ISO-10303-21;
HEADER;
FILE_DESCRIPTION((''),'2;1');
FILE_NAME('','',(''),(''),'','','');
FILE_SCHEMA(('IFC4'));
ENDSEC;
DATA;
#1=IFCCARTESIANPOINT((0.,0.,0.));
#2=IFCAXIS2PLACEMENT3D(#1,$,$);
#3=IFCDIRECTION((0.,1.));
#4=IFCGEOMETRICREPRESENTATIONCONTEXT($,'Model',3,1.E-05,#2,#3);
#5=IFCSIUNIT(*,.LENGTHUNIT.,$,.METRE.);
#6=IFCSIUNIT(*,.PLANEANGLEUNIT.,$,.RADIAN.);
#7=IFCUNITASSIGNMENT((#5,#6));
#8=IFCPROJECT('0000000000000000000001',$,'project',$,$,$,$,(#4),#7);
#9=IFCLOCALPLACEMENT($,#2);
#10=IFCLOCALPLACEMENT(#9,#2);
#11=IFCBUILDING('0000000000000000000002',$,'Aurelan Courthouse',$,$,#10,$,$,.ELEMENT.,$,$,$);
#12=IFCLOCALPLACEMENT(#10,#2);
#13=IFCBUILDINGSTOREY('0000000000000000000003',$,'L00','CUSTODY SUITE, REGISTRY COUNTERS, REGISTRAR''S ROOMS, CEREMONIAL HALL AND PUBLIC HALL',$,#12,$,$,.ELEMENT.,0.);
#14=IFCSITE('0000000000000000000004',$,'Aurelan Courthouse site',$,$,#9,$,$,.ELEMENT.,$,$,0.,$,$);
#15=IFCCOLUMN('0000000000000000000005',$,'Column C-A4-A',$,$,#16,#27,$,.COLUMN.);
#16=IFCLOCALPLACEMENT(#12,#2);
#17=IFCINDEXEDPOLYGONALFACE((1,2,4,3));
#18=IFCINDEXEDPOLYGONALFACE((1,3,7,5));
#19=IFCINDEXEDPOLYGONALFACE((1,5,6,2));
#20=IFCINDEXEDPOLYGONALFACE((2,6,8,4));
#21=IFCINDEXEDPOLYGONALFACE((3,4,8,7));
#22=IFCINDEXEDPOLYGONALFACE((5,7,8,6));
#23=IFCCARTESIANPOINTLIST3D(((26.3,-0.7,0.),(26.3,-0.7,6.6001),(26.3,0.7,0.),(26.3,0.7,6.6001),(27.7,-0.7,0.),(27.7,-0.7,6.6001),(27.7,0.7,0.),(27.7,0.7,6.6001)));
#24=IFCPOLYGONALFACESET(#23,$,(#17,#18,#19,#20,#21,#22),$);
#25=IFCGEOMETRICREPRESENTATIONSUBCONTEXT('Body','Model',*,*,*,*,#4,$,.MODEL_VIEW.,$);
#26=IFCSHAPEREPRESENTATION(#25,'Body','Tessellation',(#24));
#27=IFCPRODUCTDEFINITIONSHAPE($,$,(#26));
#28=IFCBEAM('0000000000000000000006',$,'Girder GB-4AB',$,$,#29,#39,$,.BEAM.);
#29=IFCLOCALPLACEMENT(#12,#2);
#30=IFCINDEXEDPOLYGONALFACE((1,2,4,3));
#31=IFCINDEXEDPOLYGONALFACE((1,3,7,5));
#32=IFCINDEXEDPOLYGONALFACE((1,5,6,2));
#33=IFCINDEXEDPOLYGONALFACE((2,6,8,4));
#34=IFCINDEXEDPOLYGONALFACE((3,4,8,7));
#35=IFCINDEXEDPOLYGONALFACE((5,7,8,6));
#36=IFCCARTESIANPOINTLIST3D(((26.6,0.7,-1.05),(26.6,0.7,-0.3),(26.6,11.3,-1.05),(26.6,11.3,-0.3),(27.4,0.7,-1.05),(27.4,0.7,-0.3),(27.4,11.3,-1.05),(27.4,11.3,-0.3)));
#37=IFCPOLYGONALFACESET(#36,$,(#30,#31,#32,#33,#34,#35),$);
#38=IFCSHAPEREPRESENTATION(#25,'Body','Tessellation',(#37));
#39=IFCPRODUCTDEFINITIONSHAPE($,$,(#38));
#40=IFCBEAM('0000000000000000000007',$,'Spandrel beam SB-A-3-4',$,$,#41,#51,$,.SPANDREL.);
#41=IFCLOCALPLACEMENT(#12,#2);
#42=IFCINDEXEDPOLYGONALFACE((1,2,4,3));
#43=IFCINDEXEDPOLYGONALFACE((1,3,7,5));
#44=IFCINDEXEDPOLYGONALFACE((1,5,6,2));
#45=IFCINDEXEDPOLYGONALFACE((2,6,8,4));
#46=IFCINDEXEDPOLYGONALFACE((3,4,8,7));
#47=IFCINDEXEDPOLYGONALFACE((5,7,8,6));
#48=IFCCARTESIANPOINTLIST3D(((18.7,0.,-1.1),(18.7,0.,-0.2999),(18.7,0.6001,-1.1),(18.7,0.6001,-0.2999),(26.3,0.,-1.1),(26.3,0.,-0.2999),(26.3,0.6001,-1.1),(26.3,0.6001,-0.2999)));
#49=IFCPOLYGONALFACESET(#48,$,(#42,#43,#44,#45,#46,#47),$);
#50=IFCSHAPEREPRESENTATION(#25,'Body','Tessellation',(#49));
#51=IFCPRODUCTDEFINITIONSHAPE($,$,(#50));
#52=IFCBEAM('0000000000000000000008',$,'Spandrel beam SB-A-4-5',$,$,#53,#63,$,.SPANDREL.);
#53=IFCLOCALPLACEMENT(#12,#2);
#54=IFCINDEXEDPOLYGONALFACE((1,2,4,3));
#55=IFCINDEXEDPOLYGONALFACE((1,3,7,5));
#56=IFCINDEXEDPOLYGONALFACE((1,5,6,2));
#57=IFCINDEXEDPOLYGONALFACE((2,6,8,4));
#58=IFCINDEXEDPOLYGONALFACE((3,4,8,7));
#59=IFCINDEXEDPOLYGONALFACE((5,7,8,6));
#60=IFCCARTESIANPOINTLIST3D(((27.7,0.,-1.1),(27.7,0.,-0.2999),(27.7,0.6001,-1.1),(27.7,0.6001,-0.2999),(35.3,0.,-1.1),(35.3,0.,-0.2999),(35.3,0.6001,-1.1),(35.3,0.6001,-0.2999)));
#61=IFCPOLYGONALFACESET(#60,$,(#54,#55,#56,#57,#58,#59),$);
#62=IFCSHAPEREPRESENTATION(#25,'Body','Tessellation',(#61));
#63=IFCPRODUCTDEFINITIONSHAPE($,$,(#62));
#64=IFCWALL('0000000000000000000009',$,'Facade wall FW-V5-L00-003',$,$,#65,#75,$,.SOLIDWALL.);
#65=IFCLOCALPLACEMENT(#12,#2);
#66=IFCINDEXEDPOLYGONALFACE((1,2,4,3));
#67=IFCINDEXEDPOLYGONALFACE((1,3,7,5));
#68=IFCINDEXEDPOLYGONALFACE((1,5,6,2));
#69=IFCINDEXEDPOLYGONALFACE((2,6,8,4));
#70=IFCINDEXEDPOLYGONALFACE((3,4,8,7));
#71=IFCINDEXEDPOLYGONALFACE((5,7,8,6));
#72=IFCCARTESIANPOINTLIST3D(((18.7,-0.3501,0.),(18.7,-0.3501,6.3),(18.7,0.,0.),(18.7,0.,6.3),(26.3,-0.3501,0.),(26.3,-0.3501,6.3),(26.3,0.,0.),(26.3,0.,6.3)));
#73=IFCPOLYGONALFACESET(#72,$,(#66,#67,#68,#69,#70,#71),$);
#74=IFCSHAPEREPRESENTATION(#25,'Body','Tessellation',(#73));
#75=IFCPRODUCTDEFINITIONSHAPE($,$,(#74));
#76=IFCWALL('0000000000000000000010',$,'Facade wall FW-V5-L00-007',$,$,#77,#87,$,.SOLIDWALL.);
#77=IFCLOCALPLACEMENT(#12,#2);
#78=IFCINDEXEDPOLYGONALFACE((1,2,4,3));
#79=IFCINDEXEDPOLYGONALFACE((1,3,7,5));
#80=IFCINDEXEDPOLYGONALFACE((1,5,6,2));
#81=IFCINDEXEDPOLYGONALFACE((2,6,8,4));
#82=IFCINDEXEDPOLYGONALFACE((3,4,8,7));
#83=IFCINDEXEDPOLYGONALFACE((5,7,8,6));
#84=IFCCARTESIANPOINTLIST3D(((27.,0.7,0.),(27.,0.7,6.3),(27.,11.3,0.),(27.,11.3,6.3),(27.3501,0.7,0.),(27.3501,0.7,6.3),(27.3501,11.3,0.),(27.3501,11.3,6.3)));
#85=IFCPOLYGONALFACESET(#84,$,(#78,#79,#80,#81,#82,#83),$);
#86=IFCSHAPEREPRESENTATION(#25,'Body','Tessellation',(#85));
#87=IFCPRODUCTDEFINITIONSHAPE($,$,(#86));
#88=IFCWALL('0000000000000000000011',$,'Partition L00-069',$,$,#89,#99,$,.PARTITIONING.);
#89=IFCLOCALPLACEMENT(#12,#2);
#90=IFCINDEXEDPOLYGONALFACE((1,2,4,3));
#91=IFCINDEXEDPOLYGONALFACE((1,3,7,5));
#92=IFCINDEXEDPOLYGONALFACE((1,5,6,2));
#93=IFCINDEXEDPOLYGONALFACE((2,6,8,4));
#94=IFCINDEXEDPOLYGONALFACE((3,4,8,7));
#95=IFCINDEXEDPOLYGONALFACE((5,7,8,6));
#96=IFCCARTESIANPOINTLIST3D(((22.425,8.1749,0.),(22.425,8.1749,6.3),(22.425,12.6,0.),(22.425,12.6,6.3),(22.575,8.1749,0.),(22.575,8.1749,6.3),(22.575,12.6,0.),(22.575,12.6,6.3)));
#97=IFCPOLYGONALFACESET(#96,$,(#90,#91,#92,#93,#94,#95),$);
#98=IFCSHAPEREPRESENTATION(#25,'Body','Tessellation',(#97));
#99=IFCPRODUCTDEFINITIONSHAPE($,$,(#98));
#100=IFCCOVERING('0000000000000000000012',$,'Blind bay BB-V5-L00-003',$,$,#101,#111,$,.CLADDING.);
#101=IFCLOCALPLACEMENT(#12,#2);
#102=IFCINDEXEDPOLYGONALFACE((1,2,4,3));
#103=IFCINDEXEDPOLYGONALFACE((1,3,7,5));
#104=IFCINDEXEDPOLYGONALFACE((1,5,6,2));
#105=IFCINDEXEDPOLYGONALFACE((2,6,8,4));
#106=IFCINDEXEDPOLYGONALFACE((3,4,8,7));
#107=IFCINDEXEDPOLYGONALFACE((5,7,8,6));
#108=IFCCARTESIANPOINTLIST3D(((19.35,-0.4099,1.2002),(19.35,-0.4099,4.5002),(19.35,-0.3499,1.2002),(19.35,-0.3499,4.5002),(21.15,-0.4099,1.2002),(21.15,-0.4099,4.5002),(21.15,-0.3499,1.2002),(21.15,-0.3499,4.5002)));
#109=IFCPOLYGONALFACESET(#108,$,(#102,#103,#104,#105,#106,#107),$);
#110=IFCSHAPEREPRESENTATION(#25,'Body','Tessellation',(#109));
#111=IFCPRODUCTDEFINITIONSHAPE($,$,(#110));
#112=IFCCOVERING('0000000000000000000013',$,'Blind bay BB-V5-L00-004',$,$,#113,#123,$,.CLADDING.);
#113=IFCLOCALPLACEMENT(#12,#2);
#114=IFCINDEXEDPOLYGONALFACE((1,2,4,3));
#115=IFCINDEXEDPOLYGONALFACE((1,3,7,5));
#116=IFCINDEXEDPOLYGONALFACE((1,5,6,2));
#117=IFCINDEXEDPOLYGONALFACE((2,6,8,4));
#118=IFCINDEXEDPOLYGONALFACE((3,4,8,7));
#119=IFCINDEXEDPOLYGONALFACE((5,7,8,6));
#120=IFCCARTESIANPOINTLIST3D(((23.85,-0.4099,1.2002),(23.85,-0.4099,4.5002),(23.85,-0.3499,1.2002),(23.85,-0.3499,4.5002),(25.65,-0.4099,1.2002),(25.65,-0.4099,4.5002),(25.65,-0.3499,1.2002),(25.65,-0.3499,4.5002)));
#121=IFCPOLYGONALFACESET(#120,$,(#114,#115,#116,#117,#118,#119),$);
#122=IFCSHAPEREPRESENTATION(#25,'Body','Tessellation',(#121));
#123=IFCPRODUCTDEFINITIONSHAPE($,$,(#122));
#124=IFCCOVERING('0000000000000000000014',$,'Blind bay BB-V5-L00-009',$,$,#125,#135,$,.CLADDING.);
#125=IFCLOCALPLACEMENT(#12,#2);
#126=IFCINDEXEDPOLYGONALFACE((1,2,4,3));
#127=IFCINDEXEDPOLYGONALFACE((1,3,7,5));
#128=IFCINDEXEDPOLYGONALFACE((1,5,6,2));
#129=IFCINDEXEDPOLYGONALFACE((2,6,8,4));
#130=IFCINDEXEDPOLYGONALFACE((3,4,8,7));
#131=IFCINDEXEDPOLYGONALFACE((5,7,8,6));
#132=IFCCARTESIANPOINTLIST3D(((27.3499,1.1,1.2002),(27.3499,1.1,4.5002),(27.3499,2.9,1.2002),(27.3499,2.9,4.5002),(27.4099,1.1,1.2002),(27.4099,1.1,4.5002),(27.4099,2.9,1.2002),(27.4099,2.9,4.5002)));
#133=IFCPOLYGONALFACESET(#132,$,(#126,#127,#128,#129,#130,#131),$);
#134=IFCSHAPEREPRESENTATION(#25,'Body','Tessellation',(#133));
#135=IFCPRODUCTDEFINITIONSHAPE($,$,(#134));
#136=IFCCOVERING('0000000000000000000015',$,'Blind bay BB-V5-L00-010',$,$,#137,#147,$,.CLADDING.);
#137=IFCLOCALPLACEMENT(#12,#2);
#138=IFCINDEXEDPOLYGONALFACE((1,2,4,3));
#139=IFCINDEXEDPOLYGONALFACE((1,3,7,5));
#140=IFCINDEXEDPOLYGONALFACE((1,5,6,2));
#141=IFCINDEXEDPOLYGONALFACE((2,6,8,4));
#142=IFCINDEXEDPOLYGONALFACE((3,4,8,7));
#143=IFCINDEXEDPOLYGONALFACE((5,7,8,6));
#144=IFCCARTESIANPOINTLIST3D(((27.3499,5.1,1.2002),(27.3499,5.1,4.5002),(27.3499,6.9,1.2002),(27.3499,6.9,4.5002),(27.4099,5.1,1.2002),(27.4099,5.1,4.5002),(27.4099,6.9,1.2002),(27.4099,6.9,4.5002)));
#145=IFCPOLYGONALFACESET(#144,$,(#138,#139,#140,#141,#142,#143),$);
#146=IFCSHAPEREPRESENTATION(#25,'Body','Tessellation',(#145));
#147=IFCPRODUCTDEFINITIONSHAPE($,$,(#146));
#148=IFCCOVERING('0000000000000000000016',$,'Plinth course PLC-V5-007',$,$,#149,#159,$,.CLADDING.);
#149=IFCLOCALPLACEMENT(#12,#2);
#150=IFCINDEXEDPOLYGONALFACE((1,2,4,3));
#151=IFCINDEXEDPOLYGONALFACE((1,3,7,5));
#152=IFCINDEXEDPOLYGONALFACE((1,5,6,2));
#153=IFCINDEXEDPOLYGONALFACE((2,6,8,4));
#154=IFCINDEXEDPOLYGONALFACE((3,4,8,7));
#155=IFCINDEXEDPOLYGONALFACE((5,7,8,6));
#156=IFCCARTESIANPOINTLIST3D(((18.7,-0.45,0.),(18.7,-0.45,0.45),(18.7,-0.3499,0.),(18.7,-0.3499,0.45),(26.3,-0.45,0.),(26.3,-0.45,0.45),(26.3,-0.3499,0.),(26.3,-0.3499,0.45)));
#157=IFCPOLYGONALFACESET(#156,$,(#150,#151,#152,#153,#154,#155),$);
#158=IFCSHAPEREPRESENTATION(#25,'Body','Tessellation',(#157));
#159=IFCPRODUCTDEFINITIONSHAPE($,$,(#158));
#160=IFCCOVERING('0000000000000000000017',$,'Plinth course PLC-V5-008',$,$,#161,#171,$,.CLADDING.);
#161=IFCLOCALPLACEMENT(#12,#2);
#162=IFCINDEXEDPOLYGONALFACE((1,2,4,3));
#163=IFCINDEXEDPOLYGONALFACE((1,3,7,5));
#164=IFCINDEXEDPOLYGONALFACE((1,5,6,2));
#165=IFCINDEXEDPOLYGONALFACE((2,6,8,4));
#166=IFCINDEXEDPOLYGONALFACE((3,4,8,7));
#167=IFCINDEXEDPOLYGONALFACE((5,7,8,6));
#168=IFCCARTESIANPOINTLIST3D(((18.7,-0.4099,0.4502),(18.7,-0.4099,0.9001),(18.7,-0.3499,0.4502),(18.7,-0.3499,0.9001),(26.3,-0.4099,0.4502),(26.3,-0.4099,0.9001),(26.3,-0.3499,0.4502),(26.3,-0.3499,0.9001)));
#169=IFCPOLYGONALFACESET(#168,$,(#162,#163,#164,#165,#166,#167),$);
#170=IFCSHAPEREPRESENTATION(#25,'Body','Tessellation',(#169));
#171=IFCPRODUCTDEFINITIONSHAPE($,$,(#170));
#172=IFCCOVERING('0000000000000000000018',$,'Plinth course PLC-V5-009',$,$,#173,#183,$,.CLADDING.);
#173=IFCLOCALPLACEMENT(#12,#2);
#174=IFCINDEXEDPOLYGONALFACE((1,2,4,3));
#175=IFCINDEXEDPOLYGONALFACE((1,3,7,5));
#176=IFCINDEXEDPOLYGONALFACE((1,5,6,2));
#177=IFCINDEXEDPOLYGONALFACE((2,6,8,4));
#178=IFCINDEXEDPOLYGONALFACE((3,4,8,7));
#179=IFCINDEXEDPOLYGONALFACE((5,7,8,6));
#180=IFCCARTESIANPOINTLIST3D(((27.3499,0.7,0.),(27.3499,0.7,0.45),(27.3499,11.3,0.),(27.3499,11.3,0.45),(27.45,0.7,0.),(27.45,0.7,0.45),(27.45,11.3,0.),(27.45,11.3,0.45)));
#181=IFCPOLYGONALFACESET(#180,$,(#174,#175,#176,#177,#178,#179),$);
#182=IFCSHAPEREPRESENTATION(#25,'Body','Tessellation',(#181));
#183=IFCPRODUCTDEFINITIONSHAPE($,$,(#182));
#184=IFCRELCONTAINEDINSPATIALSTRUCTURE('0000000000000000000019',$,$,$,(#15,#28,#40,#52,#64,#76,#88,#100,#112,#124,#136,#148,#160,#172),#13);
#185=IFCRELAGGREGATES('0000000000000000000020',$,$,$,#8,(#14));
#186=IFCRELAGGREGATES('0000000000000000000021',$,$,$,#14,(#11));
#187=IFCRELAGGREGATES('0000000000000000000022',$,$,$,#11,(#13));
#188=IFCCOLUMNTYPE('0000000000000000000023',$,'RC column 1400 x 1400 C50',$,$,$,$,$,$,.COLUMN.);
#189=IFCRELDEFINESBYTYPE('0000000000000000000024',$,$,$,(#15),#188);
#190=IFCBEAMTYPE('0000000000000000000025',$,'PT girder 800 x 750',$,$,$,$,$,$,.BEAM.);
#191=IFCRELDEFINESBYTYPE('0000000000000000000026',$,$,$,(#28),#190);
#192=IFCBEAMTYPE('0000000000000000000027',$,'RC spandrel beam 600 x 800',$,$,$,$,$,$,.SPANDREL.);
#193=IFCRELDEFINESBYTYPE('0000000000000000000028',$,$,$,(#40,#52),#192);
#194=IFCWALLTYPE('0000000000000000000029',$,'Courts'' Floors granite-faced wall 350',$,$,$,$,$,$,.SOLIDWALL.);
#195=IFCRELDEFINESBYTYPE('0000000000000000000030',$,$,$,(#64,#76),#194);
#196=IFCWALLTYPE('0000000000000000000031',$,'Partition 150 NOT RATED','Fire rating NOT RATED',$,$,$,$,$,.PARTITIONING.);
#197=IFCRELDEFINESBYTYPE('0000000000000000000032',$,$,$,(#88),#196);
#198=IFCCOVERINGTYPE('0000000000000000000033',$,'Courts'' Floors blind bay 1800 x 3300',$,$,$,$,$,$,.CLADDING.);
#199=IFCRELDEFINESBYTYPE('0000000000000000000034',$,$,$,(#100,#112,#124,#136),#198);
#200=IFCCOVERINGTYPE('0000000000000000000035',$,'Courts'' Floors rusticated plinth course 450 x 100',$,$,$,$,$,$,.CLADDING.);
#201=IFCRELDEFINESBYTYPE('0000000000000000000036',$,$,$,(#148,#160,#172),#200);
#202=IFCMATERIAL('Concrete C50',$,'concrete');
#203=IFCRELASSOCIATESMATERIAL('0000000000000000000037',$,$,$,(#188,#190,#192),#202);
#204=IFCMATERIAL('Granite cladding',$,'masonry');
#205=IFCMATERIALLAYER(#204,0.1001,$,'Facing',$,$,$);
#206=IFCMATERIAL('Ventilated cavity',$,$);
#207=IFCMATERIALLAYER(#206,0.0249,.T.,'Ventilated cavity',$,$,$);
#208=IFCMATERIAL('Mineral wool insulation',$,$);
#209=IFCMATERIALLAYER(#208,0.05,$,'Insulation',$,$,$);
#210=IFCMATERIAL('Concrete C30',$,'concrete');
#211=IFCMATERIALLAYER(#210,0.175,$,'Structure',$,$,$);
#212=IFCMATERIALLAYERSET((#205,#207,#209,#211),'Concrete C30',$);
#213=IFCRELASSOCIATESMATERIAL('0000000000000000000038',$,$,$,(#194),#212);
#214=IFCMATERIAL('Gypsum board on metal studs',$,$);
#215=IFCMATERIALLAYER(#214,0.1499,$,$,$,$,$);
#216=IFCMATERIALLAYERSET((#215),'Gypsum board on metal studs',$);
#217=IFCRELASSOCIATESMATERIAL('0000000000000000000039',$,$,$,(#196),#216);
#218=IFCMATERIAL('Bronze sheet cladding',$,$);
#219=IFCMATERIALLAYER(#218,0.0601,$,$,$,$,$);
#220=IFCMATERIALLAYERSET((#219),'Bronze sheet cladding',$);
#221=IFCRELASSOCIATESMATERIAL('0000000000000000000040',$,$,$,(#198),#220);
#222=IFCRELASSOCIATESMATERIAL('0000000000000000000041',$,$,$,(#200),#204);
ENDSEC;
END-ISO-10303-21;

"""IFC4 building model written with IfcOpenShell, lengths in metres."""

from ifc_helpers import new_model, si_unit, direction, frame, frame_2d, origin, origin_2d, place, context, subcontext, project, spatial, rectangle, extrude, material, layer, layer_set, material_profile, profile_set, type_object, element, save


model = new_model("IFC4")

# Units and contexts
model_context = context("Model", 3, precision=1e-05, world=origin(), true_north=direction((0.0, 1.0)))
body_context = subcontext(model_context, "Body", "Model", "MODEL_VIEW")
ifc_project = project(units=[si_unit("LENGTHUNIT", "METRE"), si_unit("PLANEANGLEUNIT", "RADIAN")], contexts=[model_context])

# Site, building, storey
site_placement = place(None, origin())
site = spatial("IfcSite", under=ifc_project, at=site_placement, Name="Aurelan Courthouse site", CompositionType="ELEMENT", RefElevation=0.0)
building_placement = place(site_placement, origin())
building = spatial("IfcBuilding", under=site, at=building_placement, Name="Aurelan Courthouse", CompositionType="ELEMENT")
storey_placement = place(building_placement, origin())
storey = spatial("IfcBuildingStorey", under=building, at=storey_placement, Name="L00", Description="CUSTODY SUITE, REGISTRY COUNTERS, REGISTRAR'S ROOMS, CEREMONIAL HALL AND PUBLIC HALL", CompositionType="ELEMENT", Elevation=0.0)

# Column
ifc_material_1 = material(Name="Concrete C50", Category="concrete")
ifc_material_profile_1 = material_profile(ifc_material_1, rectangle(XDim=1.3999, YDim=1.3999, at=origin_2d()), Name="RC 1400 x 1400")
ifc_profile_set_1 = profile_set([ifc_material_profile_1], Name="Concrete C50")
column_type = type_object("IfcColumnType", Name="RC column 1400 x 1400 C50", PredefinedType="COLUMN", material=ifc_profile_set_1)
column_placement = place(storey_placement, frame((27.0, 0.0, 0.0), z_axis=(0.0, 0.0, 1.0), x_axis=(1.0, 0.0, 0.0)))
element("IfcColumn", 1, at=column_placement, inside=storey, type_object=column_type, Name="Column C-A4-A", PredefinedType="COLUMN", context=body_context, shape_type="SweptSolid", body=[
    extrude(rectangle(XDim=1.3999, YDim=1.3999, at=origin_2d()), origin(), (0.0, 0.0, 1.0), 6.6001),
])

# Beams
ifc_material_profile_2 = material_profile(ifc_material_1, rectangle(XDim=0.8, YDim=0.75, at=origin_2d()), Name="RC 800 x 750")
ifc_profile_set_2 = profile_set([ifc_material_profile_2], Name="Concrete C50")
beam_type_1 = type_object("IfcBeamType", Name="PT girder 800 x 750", PredefinedType="BEAM", material=ifc_profile_set_2)
beam_placement = place(storey_placement, frame((27.0, 0.7, -0.675), z_axis=(0.0, 1.0, 0.0), x_axis=(-1.0, 0.0, 0.0)))
element("IfcBeam", 2, at=beam_placement, inside=storey, type_object=beam_type_1, Name="Girder GB-4AB", PredefinedType="BEAM", context=body_context, shape_type="SweptSolid", body=[
    extrude(rectangle(XDim=0.8, YDim=0.75, at=origin_2d()), origin(), (0.0, 0.0, 1.0), 10.6001),
])
ifc_material_profile_3 = material_profile(ifc_material_1, rectangle(XDim=0.6001, YDim=0.8, at=origin_2d()), Name="RC 600 x 800")
ifc_profile_set_3 = profile_set([ifc_material_profile_3], Name="Concrete C50")
beam_type_2 = type_object("IfcBeamType", Name="RC spandrel beam 600 x 800", PredefinedType="SPANDREL", material=ifc_profile_set_3)
for number, where, z_axis, x_axis, name in (
    (3, (18.7, 0.3, -0.7), (1.0, 0.0, 0.0), (0.0, 1.0, 0.0), "Spandrel beam SB-A-3-4"),
    (4, (27.7, 0.3, -0.7), (1.0, 0.0, 0.0), (0.0, 1.0, 0.0), "Spandrel beam SB-A-4-5"),
):
    element("IfcBeam", number, at=place(storey_placement, frame(where, z_axis=z_axis, x_axis=x_axis)), inside=storey, type_object=beam_type_2, Name=name, PredefinedType="SPANDREL", context=body_context, shape_type="SweptSolid", body=[
        extrude(rectangle(XDim=0.6001, YDim=0.8, at=origin_2d()), origin(), (0.0, 0.0, 1.0), 7.6001),
    ])

# Walls
ifc_material_2 = material(Name="Granite cladding", Category="masonry")
ifc_layer_1 = layer(ifc_material_2, 0.1001, Name="Facing")
ifc_material_3 = material(Name="Ventilated cavity")
ifc_layer_2 = layer(ifc_material_3, 0.0249, ventilated=True, Name="Ventilated cavity")
ifc_material_4 = material(Name="Mineral wool insulation")
ifc_layer_3 = layer(ifc_material_4, 0.05, Name="Insulation")
ifc_material_5 = material(Name="Concrete C30", Category="concrete")
ifc_layer_4 = layer(ifc_material_5, 0.175, Name="Structure")
ifc_layer_set_1 = layer_set([ifc_layer_1, ifc_layer_2, ifc_layer_3, ifc_layer_4], Name="Concrete C30")
wall_type_1 = type_object("IfcWallType", Name="Courts' Floors granite-faced wall 350", PredefinedType="SOLIDWALL", material=ifc_layer_set_1)
wall_1_placement = place(storey_placement, frame((18.7, -0.175, 0.0), z_axis=(0.0, 0.0, 1.0), x_axis=(1.0, 0.0, 0.0)))
element("IfcWall", 5, at=wall_1_placement, inside=storey, type_object=wall_type_1, Name="Facade wall FW-V5-L00-003", PredefinedType="SOLIDWALL", context=body_context, shape_type="SweptSolid", body=[
    extrude(rectangle(XDim=7.6001, YDim=0.3501, at=frame_2d((3.8, 0.0))), origin(), (0.0, 0.0, 1.0), 6.3),
])
wall_2_placement = place(storey_placement, frame((27.175, 0.7, 0.0), z_axis=(0.0, 0.0, 1.0), x_axis=(0.0, 1.0, 0.0)))
element("IfcWall", 6, at=wall_2_placement, inside=storey, type_object=wall_type_1, Name="Facade wall FW-V5-L00-007", PredefinedType="SOLIDWALL", context=body_context, shape_type="SweptSolid", body=[
    extrude(rectangle(XDim=10.6001, YDim=0.3501, at=frame_2d((5.3, 0.0))), origin(), (0.0, 0.0, 1.0), 6.3),
])
ifc_material_6 = material(Name="Gypsum board on metal studs")
ifc_layer_5 = layer(ifc_material_6, 0.1499)
ifc_layer_set_2 = layer_set([ifc_layer_5], Name="Gypsum board on metal studs")
wall_type_2 = type_object("IfcWallType", Name="Partition 150 NOT RATED", Description="Fire rating NOT RATED", PredefinedType="PARTITIONING", material=ifc_layer_set_2)
wall_3_placement = place(storey_placement, frame((22.5, 8.175, 0.0), z_axis=(0.0, 0.0, 1.0), x_axis=(0.0, 1.0, 0.0)))
element("IfcWall", 7, at=wall_3_placement, inside=storey, type_object=wall_type_2, Name="Partition L00-069", PredefinedType="PARTITIONING", context=body_context, shape_type="SweptSolid", body=[
    extrude(rectangle(XDim=4.425, YDim=0.1499, at=frame_2d((2.2124, 0.0))), origin(), (0.0, 0.0, 1.0), 6.3),
])

# Coverings
ifc_material_7 = material(Name="Bronze sheet cladding")
ifc_layer_6 = layer(ifc_material_7, 0.0601)
ifc_layer_set_3 = layer_set([ifc_layer_6], Name="Bronze sheet cladding")
covering_type_1 = type_object("IfcCoveringType", Name="Courts' Floors blind bay 1800 x 3300", PredefinedType="CLADDING", material=ifc_layer_set_3)
for number, where, z_axis, x_axis, name in (
    (8, (20.25, -0.3799, 1.2002), (0.0, 0.0, 1.0), (1.0, 0.0, 0.0), "Blind bay BB-V5-L00-003"),
    (9, (24.75, -0.3799, 1.2002), (0.0, 0.0, 1.0), (1.0, 0.0, 0.0), "Blind bay BB-V5-L00-004"),
):
    element("IfcCovering", number, at=place(storey_placement, frame(where, z_axis=z_axis, x_axis=x_axis)), inside=storey, type_object=covering_type_1, Name=name, PredefinedType="CLADDING", context=body_context, shape_type="SweptSolid", body=[
        extrude(rectangle(XDim=1.8, YDim=0.0601, at=origin_2d()), origin(), (0.0, 0.0, 1.0), 3.3),
    ])
for number, where, z_axis, x_axis, name in (
    (10, (27.3799, 2.0, 1.2002), (0.0, 0.0, 1.0), (1.0, 0.0, 0.0), "Blind bay BB-V5-L00-009"),
    (11, (27.3799, 6.0, 1.2002), (0.0, 0.0, 1.0), (1.0, 0.0, 0.0), "Blind bay BB-V5-L00-010"),
):
    element("IfcCovering", number, at=place(storey_placement, frame(where, z_axis=z_axis, x_axis=x_axis)), inside=storey, type_object=covering_type_1, Name=name, PredefinedType="CLADDING", context=body_context, shape_type="SweptSolid", body=[
        extrude(rectangle(XDim=0.0601, YDim=1.8, at=origin_2d()), origin(), (0.0, 0.0, 1.0), 3.3),
    ])
covering_type_2 = type_object("IfcCoveringType", Name="Courts' Floors rusticated plinth course 450 x 100", PredefinedType="CLADDING", material=ifc_material_2)
covering_1_placement = place(storey_placement, frame((22.5, -0.3999, 0.0), z_axis=(0.0, 0.0, 1.0), x_axis=(1.0, 0.0, 0.0)))
element("IfcCovering", 12, at=covering_1_placement, inside=storey, type_object=covering_type_2, Name="Plinth course PLC-V5-007", PredefinedType="CLADDING", context=body_context, shape_type="SweptSolid", body=[
    extrude(rectangle(XDim=7.6001, YDim=0.1001, at=origin_2d()), origin(), (0.0, 0.0, 1.0), 0.45),
])
covering_2_placement = place(storey_placement, frame((22.5, -0.3799, 0.4502), z_axis=(0.0, 0.0, 1.0), x_axis=(1.0, 0.0, 0.0)))
element("IfcCovering", 13, at=covering_2_placement, inside=storey, type_object=covering_type_2, Name="Plinth course PLC-V5-008", PredefinedType="CLADDING", context=body_context, shape_type="SweptSolid", body=[
    extrude(rectangle(XDim=7.6001, YDim=0.0601, at=origin_2d()), origin(), (0.0, 0.0, 1.0), 0.45),
])
covering_3_placement = place(storey_placement, frame((27.3999, 6.0, 0.0), z_axis=(0.0, 0.0, 1.0), x_axis=(1.0, 0.0, 0.0)))
element("IfcCovering", 14, at=covering_3_placement, inside=storey, type_object=covering_type_2, Name="Plinth course PLC-V5-009", PredefinedType="CLADDING", context=body_context, shape_type="SweptSolid", body=[
    extrude(rectangle(XDim=0.1001, YDim=10.6001, at=origin_2d()), origin(), (0.0, 0.0, 1.0), 0.45),
])

save(model, "model.ifc")
